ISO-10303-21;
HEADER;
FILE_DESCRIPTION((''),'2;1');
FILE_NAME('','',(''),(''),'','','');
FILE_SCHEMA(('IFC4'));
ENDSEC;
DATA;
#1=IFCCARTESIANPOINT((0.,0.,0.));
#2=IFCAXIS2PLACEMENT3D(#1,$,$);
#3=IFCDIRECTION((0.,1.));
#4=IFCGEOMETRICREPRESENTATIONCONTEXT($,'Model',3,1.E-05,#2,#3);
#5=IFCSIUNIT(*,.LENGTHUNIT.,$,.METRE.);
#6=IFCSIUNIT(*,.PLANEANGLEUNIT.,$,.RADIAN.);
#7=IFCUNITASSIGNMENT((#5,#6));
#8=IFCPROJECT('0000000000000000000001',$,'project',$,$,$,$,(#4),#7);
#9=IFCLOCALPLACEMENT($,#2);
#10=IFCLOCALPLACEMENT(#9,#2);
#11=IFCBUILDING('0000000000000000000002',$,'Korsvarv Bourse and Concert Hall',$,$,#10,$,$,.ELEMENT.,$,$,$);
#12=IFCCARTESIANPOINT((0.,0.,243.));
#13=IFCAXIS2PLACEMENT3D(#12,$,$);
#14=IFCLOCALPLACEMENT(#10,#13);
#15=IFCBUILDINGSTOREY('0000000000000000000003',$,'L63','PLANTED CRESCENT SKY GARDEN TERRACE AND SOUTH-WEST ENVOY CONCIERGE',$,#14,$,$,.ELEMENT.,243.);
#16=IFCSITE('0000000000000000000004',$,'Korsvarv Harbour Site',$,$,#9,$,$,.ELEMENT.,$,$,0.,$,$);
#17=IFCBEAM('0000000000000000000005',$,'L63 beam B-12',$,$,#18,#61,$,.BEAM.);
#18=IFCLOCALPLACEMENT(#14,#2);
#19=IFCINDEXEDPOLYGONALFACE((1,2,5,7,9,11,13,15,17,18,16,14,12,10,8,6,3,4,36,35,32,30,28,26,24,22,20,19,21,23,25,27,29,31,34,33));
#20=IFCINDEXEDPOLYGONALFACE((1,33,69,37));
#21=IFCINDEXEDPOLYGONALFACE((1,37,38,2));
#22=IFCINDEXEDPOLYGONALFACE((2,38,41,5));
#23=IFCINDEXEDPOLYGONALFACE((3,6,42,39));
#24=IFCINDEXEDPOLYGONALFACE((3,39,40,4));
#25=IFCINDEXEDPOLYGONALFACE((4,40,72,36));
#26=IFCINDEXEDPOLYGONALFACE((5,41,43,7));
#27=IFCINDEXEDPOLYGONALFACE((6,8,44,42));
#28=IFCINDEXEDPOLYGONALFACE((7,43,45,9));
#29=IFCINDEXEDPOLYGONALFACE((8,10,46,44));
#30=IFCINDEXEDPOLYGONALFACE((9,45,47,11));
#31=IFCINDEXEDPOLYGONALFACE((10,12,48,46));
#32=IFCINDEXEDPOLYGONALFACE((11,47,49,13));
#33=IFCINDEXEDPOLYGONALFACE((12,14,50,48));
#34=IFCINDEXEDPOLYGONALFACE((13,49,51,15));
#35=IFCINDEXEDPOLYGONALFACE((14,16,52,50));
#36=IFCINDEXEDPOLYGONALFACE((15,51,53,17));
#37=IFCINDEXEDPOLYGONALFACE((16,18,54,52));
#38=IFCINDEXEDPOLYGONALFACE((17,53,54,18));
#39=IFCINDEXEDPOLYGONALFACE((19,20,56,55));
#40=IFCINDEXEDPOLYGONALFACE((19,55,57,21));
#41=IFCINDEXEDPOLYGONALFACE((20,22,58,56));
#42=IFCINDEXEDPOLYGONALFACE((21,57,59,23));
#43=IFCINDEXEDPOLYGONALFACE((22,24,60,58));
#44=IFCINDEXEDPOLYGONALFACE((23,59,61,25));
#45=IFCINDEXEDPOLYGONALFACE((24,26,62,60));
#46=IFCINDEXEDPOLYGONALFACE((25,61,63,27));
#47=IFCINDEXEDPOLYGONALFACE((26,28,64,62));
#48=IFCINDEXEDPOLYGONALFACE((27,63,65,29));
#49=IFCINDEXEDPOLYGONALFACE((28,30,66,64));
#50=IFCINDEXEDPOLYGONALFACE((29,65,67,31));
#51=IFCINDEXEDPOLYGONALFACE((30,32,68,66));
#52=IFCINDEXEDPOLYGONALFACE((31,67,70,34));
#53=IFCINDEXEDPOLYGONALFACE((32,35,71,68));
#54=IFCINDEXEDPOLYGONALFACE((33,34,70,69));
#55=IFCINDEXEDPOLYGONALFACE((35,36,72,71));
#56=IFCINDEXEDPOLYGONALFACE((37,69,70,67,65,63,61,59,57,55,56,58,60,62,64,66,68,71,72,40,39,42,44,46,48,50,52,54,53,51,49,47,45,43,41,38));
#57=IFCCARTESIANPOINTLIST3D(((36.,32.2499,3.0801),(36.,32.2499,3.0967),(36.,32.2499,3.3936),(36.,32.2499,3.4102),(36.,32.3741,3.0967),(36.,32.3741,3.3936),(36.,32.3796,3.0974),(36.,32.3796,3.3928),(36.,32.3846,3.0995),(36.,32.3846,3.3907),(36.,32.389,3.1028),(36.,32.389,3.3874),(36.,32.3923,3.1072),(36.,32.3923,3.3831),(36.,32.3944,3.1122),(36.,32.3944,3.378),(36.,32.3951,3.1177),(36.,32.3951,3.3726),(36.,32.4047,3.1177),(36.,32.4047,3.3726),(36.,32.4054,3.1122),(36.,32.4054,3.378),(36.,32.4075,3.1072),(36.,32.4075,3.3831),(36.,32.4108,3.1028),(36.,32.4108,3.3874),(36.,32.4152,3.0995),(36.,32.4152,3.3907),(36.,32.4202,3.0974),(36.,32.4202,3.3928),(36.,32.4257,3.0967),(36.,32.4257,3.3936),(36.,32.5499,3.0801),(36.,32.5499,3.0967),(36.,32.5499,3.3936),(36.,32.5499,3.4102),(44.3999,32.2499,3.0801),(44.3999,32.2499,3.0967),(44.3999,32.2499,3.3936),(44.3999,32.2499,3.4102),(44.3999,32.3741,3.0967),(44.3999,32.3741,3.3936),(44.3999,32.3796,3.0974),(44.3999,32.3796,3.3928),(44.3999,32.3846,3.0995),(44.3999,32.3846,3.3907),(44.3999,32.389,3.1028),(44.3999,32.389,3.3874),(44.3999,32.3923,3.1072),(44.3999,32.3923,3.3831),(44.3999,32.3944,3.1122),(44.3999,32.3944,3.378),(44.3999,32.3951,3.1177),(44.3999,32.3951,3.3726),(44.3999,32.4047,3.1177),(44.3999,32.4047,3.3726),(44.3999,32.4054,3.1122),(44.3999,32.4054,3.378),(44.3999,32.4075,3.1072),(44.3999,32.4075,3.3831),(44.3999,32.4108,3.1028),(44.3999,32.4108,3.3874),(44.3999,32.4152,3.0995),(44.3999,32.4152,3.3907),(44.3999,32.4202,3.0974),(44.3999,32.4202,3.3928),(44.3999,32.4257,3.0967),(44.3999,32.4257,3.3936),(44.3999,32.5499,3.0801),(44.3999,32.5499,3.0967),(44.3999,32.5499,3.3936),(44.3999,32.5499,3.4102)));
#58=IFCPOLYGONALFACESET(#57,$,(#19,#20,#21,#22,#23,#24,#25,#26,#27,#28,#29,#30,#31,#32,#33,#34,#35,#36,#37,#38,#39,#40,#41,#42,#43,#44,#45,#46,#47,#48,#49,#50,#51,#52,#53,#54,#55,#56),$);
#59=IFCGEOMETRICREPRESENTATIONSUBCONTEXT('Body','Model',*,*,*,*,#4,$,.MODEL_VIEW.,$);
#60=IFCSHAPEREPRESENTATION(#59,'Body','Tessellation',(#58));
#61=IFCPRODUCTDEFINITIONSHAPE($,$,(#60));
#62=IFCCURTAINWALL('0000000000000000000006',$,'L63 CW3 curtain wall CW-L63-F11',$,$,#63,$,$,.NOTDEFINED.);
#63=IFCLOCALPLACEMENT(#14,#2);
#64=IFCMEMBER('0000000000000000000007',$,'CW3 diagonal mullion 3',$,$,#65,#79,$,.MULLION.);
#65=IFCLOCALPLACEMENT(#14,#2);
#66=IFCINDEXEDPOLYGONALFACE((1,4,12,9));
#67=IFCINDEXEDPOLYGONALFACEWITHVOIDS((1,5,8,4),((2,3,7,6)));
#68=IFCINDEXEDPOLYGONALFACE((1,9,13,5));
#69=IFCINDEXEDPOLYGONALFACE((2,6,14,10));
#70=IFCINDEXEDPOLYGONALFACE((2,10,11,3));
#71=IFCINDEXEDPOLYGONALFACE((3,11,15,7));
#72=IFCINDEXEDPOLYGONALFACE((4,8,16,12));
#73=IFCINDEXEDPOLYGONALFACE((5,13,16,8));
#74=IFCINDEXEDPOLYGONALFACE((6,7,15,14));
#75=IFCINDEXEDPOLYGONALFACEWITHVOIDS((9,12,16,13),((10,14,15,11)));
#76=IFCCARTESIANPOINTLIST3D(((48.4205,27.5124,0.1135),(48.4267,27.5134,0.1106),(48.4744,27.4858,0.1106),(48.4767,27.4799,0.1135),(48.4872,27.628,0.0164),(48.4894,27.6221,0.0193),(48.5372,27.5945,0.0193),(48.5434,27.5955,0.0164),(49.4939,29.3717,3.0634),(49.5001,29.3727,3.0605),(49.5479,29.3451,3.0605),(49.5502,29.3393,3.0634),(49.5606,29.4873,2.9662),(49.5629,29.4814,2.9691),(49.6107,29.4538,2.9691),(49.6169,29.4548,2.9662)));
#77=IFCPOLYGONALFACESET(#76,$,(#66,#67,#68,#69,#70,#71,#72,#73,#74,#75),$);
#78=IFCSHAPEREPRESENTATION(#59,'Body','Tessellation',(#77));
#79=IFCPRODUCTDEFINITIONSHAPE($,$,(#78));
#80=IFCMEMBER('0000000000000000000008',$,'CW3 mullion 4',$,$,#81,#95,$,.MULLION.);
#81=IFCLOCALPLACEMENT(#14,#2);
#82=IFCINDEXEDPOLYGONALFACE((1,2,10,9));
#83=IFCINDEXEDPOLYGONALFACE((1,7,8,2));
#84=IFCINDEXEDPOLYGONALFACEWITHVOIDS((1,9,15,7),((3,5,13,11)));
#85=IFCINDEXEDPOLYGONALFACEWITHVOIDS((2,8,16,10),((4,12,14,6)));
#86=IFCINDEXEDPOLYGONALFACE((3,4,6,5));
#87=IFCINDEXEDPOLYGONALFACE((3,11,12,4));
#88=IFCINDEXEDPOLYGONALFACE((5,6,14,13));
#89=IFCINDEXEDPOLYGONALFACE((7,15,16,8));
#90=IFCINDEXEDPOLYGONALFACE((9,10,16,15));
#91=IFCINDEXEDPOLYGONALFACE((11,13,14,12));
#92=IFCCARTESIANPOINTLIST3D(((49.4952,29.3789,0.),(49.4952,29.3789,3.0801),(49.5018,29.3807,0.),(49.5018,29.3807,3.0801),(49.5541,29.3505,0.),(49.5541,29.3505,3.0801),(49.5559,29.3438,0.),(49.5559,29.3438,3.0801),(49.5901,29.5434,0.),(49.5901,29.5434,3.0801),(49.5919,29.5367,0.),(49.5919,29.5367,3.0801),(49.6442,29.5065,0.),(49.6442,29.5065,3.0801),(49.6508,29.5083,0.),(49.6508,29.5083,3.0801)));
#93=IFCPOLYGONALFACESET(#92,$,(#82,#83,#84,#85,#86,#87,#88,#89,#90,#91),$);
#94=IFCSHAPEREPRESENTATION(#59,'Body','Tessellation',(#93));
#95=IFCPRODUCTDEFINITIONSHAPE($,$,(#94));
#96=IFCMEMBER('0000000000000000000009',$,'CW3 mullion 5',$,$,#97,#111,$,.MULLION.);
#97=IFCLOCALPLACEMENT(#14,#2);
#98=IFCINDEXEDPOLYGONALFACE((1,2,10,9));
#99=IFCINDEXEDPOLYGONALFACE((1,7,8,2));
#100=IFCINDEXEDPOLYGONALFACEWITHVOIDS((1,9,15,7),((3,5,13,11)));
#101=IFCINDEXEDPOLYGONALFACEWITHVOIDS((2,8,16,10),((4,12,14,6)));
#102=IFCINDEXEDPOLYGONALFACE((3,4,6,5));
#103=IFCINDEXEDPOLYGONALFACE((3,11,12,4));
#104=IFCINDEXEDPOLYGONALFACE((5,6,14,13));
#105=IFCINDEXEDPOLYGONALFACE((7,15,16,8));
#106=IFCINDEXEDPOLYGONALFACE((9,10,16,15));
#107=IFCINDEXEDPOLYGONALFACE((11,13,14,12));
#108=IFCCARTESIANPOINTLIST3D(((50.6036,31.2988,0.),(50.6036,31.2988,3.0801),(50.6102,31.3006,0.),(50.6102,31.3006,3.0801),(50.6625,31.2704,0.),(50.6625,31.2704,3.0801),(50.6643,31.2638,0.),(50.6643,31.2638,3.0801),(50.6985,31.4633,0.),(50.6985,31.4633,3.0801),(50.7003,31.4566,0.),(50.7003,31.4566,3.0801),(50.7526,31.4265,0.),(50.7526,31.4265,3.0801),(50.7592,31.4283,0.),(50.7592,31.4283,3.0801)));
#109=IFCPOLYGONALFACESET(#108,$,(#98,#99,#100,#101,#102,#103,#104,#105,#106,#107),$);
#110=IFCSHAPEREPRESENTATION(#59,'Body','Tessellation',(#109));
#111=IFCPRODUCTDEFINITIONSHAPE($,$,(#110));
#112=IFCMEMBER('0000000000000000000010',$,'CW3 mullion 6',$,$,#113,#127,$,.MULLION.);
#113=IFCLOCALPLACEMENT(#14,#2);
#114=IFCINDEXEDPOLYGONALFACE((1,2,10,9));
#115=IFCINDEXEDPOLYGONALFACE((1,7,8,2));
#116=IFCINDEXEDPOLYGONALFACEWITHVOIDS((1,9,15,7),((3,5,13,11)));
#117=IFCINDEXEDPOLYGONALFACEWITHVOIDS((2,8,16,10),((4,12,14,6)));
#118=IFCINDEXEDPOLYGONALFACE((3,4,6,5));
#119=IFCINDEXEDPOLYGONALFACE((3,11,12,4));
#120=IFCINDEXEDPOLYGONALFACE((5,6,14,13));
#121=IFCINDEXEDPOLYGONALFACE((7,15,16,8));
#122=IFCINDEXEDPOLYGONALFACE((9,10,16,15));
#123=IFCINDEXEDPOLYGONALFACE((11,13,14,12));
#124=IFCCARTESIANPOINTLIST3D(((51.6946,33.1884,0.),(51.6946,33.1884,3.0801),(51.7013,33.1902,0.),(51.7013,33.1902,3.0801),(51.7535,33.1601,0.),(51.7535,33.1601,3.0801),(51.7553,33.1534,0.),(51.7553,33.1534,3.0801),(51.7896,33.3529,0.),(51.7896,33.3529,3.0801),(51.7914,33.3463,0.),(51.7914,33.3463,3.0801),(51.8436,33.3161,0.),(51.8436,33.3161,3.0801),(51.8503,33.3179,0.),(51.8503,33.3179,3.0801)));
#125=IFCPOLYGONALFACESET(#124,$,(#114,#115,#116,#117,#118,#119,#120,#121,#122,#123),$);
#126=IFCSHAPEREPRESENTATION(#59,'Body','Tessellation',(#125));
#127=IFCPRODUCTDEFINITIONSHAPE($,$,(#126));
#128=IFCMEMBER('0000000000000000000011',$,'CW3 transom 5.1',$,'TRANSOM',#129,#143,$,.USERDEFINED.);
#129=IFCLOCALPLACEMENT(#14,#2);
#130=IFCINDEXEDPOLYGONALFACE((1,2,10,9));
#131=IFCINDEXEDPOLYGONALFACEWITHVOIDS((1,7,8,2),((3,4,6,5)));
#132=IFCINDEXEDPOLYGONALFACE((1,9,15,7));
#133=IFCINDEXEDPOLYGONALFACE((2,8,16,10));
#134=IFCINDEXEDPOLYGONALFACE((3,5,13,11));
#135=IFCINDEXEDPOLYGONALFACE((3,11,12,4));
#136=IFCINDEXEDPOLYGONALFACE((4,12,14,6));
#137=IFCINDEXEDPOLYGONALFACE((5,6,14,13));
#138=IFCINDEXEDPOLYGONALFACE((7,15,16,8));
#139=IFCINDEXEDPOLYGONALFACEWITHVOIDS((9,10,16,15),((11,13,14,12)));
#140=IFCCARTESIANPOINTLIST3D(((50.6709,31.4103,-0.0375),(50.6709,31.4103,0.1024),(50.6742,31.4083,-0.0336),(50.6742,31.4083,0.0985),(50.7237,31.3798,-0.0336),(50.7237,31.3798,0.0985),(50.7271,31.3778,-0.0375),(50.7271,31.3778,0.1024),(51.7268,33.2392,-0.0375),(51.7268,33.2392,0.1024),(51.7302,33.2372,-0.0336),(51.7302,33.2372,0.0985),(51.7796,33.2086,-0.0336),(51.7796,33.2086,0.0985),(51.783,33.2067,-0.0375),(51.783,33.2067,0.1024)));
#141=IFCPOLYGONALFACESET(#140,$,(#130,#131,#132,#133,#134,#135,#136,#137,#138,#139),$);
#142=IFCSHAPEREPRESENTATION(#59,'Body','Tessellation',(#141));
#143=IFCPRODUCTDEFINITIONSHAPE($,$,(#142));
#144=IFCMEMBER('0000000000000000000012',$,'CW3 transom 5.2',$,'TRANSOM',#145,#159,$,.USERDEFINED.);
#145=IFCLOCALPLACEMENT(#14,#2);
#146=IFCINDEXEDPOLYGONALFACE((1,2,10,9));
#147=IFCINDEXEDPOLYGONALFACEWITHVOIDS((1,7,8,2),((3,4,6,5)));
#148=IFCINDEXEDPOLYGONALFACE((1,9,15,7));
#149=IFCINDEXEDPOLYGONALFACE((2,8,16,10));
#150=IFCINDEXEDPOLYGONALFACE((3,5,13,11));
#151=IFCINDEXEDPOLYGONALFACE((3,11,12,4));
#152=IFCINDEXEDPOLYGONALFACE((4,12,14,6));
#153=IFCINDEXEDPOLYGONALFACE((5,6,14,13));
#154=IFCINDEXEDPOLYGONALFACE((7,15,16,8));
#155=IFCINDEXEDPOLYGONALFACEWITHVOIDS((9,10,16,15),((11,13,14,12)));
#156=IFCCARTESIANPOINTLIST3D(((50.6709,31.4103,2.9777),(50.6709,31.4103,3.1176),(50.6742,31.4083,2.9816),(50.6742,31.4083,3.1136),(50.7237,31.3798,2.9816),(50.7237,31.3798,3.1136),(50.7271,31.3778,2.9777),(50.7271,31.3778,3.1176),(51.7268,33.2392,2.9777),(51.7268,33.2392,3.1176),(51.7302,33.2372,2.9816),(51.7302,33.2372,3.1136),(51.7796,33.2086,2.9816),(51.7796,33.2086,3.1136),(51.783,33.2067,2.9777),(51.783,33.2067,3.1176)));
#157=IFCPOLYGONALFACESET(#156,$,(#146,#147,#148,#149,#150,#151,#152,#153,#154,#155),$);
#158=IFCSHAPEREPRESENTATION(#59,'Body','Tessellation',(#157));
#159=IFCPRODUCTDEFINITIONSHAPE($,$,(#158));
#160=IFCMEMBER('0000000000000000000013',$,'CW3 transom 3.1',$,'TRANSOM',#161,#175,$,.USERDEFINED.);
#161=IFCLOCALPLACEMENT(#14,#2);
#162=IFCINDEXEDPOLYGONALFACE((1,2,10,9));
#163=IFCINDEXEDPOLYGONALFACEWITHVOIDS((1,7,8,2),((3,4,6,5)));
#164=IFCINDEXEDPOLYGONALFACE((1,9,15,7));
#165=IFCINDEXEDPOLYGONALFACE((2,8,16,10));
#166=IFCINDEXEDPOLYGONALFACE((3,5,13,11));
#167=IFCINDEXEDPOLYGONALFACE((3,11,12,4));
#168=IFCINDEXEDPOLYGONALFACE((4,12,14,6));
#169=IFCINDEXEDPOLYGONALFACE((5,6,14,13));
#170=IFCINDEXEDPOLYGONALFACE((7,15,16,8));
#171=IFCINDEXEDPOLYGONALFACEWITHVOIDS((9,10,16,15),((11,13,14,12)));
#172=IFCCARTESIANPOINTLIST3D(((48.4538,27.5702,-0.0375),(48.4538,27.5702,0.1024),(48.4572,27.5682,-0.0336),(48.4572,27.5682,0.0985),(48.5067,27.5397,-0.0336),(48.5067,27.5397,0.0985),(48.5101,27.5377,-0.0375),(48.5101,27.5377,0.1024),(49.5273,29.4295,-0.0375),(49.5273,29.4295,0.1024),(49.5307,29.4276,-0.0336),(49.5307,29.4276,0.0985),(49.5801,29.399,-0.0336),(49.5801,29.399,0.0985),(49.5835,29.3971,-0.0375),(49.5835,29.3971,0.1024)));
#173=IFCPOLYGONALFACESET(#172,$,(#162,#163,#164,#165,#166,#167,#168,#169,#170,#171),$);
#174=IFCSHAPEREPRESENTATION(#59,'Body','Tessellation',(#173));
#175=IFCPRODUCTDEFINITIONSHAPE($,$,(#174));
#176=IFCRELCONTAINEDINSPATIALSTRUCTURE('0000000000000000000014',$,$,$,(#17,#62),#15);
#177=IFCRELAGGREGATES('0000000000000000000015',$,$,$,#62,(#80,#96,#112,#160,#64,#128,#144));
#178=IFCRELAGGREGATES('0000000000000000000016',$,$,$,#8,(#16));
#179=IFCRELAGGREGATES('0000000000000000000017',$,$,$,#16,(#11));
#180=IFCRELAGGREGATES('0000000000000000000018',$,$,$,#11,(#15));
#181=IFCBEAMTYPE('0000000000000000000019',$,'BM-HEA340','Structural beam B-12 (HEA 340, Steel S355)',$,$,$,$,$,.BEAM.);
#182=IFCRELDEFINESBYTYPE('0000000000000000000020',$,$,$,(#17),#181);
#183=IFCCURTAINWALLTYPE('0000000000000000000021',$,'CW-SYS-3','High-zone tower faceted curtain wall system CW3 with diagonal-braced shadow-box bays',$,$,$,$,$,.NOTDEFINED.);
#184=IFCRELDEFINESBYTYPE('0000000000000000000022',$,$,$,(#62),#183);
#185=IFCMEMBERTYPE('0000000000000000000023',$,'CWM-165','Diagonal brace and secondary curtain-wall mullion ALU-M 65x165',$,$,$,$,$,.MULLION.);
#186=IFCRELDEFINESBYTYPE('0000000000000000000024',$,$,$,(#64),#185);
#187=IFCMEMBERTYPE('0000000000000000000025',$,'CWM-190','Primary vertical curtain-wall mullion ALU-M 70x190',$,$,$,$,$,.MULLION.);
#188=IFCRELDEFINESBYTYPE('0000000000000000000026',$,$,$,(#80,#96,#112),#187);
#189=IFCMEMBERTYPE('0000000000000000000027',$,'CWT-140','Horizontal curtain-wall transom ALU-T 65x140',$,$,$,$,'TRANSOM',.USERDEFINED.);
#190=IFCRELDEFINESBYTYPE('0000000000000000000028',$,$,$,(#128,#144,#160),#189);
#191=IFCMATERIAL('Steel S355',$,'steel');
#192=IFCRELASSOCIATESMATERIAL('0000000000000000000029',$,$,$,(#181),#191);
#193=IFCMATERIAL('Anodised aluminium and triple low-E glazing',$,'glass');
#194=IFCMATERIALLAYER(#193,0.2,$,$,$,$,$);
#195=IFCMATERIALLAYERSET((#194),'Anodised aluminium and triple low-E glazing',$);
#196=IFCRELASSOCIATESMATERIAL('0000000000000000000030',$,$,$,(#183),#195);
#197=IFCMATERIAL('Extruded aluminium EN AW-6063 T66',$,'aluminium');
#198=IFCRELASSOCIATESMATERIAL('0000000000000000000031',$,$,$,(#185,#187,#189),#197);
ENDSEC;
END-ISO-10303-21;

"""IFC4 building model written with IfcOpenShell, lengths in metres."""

from ifc_helpers import new_model, si_unit, direction, frame, origin, origin_2d, place, context, subcontext, project, spatial, hollow_rectangle, i_section, extrude, source, transform, mapped, material, layer, layer_set, material_profile, profile_set, type_object, element, aggregate, save


model = new_model("IFC4")

# Units and contexts
model_context = context("Model", 3, precision=1e-05, world=origin(), true_north=direction((0.0, 1.0)))
body_context = subcontext(model_context, "Body", "Model", "MODEL_VIEW")
ifc_project = project(units=[si_unit("LENGTHUNIT", "METRE"), si_unit("PLANEANGLEUNIT", "RADIAN")], contexts=[model_context])

# Site, building, storey
site_placement = place(None, origin())
site = spatial("IfcSite", under=ifc_project, at=site_placement, Name="Korsvarv Harbour Site", CompositionType="ELEMENT", RefElevation=0.0)
building_placement = place(site_placement, origin())
building = spatial("IfcBuilding", under=site, at=building_placement, Name="Korsvarv Bourse and Concert Hall", CompositionType="ELEMENT")
storey_placement = place(building_placement, frame((0.0, 0.0, 243.0)))
storey = spatial("IfcBuildingStorey", under=building, at=storey_placement, Name="L63", Description="PLANTED CRESCENT SKY GARDEN TERRACE AND SOUTH-WEST ENVOY CONCIERGE", CompositionType="ELEMENT", Elevation=243.0)

# Beam
ifc_material_1 = material(Name="Steel S355", Category="steel")
ifc_material_profile_1 = material_profile(ifc_material_1, i_section(OverallWidth=0.3, OverallDepth=0.3301, WebThickness=0.0095, FlangeThickness=0.0166, FilletRadius=0.021, at=origin_2d()), Name="HEA 340")
ifc_profile_set_1 = profile_set([ifc_material_profile_1], Name="Steel S355")
beam_type_1 = type_object("IfcBeamType", Name="BM-HEA340", Description="Structural beam B-12 (HEA 340, Steel S355)", PredefinedType="BEAM", material=ifc_profile_set_1)
shared_shape_1 = source(origin(), body_context, "Body", "SweptSolid", [
    extrude(i_section(OverallWidth=0.3, OverallDepth=0.3301, WebThickness=0.0095, FlangeThickness=0.0166, FilletRadius=0.021, at=origin_2d()), origin(), (0.0, 0.0, 1.0), 8.3999),
])
beam_1_placement = place(storey_placement, frame((36.0, 32.3999, 3.2451), z_axis=(1.0, 0.0, 0.0), x_axis=(0.0, 1.0, 0.0)))
element("IfcBeam", 1, at=beam_1_placement, inside=storey, type_object=beam_type_1, Name="L63 beam B-12", PredefinedType="BEAM", context=body_context, shape_type="MappedRepresentation", body=[
    mapped(shared_shape_1, transform((0.0, 0.0, 0.0), scale=1.0)),
])

# Curtain wall, members
ifc_material_2 = material(Name="Anodised aluminium and triple low-E glazing", Category="glass")
ifc_layer_1 = layer(ifc_material_2, 0.2)
ifc_layer_set_1 = layer_set([ifc_layer_1], Name="Anodised aluminium and triple low-E glazing")
curtain_wall_type = type_object("IfcCurtainWallType", Name="CW-SYS-3", Description="High-zone tower faceted curtain wall system CW3 with diagonal-braced shadow-box bays", PredefinedType="NOTDEFINED", material=ifc_layer_set_1)
curtain_wall_placement = place(storey_placement, origin())
curtain_wall = element("IfcCurtainWall", 2, at=curtain_wall_placement, inside=storey, type_object=curtain_wall_type, Name="L63 CW3 curtain wall CW-L63-F11", PredefinedType="NOTDEFINED")
ifc_material_3 = material(Name="Extruded aluminium EN AW-6063 T66", Category="aluminium")
ifc_material_profile_2 = material_profile(ifc_material_3, hollow_rectangle(XDim=0.0649, YDim=0.165, WallThickness=0.0049, at=origin_2d()), Name="ALU-M 65x165")
ifc_profile_set_2 = profile_set([ifc_material_profile_2], Name="Extruded aluminium EN AW-6063 T66")
member_type_1 = type_object("IfcMemberType", Name="CWM-165", Description="Diagonal brace and secondary curtain-wall mullion ALU-M 65x165", PredefinedType="MULLION", material=ifc_profile_set_2)
shared_shape_2 = source(origin(), body_context, "Body", "SweptSolid", [
    extrude(hollow_rectangle(XDim=0.0649, YDim=0.165, WallThickness=0.0049, at=origin_2d()), origin(), (0.0, 0.0, 1.0), 3.6484),
])
member_1_placement = place(storey_placement, frame((48.4819, 27.554, 0.0649), z_axis=(0.294223, 0.509621, 0.808529), x_axis=(-0.86603, 0.499992, 0.0)))
member_1 = element("IfcMember", 3, at=member_1_placement, type_object=member_type_1, Name="CW3 diagonal mullion 3", PredefinedType="MULLION", context=body_context, shape_type="MappedRepresentation", body=[
    mapped(shared_shape_2, transform((0.0, 0.0, 0.0), scale=1.0)),
])
ifc_material_profile_3 = material_profile(ifc_material_3, hollow_rectangle(XDim=0.0701, YDim=0.1899, WallThickness=0.0049, at=origin_2d()), Name="ALU-M 70x190")
ifc_profile_set_3 = profile_set([ifc_material_profile_3], Name="Extruded aluminium EN AW-6063 T66")
member_type_2 = type_object("IfcMemberType", Name="CWM-190", Description="Primary vertical curtain-wall mullion ALU-M 70x190", PredefinedType="MULLION", material=ifc_profile_set_3)
shared_shape_3 = source(origin(), body_context, "Body", "SweptSolid", [
    extrude(hollow_rectangle(XDim=0.0701, YDim=0.1899, WallThickness=0.0049, at=origin_2d()), origin(), (0.0, 0.0, 1.0), 3.0801),
])
member_2_placement = place(storey_placement, frame((49.573, 29.4436, 0.0), z_axis=(0.0, 0.0, 1.0), x_axis=(-0.866022, 0.500006, 0.0)))
member_2 = element("IfcMember", 4, at=member_2_placement, type_object=member_type_2, Name="CW3 mullion 4", PredefinedType="MULLION", context=body_context, shape_type="MappedRepresentation", body=[
    mapped(shared_shape_3, transform((0.0, 0.0, 0.0), scale=1.0)),
])
member_3_placement = place(storey_placement, frame((50.6814, 31.3635, 0.0), z_axis=(0.0, 0.0, 1.0), x_axis=(-0.866022, 0.500006, 0.0)))
member_3 = element("IfcMember", 5, at=member_3_placement, type_object=member_type_2, Name="CW3 mullion 5", PredefinedType="MULLION", context=body_context, shape_type="MappedRepresentation", body=[
    mapped(shared_shape_3, transform((0.0, 0.0, 0.0), scale=1.0)),
])
member_4_placement = place(storey_placement, frame((51.7725, 33.2532, 0.0), z_axis=(0.0, 0.0, 1.0), x_axis=(-0.866022, 0.500006, 0.0)))
member_4 = element("IfcMember", 6, at=member_4_placement, type_object=member_type_2, Name="CW3 mullion 6", PredefinedType="MULLION", context=body_context, shape_type="MappedRepresentation", body=[
    mapped(shared_shape_3, transform((0.0, 0.0, 0.0), scale=1.0)),
])
ifc_material_profile_4 = material_profile(ifc_material_3, hollow_rectangle(XDim=0.0649, YDim=0.1399, WallThickness=0.0039, at=origin_2d()), Name="ALU-T 65x140")
ifc_profile_set_4 = profile_set([ifc_material_profile_4], Name="Extruded aluminium EN AW-6063 T66")
member_type_3 = type_object("IfcMemberType", Name="CWT-140", Description="Horizontal curtain-wall transom ALU-T 65x140", ElementType="TRANSOM", PredefinedType="USERDEFINED", material=ifc_profile_set_4)
shared_shape_4 = source(origin(), body_context, "Body", "SweptSolid", [
    extrude(hollow_rectangle(XDim=0.0649, YDim=0.1399, WallThickness=0.0039, at=origin_2d()), origin(), (0.0, 0.0, 1.0), 2.1118),
])
member_5_placement = place(storey_placement, frame((50.699, 31.394, 0.0325), z_axis=(0.500006, 0.866022, 0.0), x_axis=(-0.866022, 0.500006, 0.0)))
member_5 = element("IfcMember", 7, at=member_5_placement, type_object=member_type_3, Name="CW3 transom 5.1", ObjectType="TRANSOM", PredefinedType="USERDEFINED", context=body_context, shape_type="MappedRepresentation", body=[
    mapped(shared_shape_4, transform((0.0, 0.0, 0.0), scale=1.0)),
])
member_6_placement = place(storey_placement, frame((50.699, 31.394, 3.0476), z_axis=(0.500006, 0.866022, 0.0), x_axis=(-0.866022, 0.500006, 0.0)))
member_6 = element("IfcMember", 8, at=member_6_placement, type_object=member_type_3, Name="CW3 transom 5.2", ObjectType="TRANSOM", PredefinedType="USERDEFINED", context=body_context, shape_type="MappedRepresentation", body=[
    mapped(shared_shape_4, transform((0.0, 0.0, 0.0), scale=1.0)),
])
shared_shape_5 = source(origin(), body_context, "Body", "SweptSolid", [
    extrude(hollow_rectangle(XDim=0.0649, YDim=0.1399, WallThickness=0.0039, at=origin_2d()), origin(), (0.0, 0.0, 1.0), 2.147),
])
member_7_placement = place(storey_placement, frame((48.4819, 27.554, 0.0325), z_axis=(0.499992, 0.86603, 0.0), x_axis=(-0.86603, 0.499992, 0.0)))
member_7 = element("IfcMember", 9, at=member_7_placement, type_object=member_type_3, Name="CW3 transom 3.1", ObjectType="TRANSOM", PredefinedType="USERDEFINED", context=body_context, shape_type="MappedRepresentation", body=[
    mapped(shared_shape_5, transform((0.0, 0.0, 0.0), scale=1.0)),
])
aggregate(curtain_wall, [member_2, member_3, member_4, member_7, member_1, member_5, member_6])

save(model, "model.ifc")
